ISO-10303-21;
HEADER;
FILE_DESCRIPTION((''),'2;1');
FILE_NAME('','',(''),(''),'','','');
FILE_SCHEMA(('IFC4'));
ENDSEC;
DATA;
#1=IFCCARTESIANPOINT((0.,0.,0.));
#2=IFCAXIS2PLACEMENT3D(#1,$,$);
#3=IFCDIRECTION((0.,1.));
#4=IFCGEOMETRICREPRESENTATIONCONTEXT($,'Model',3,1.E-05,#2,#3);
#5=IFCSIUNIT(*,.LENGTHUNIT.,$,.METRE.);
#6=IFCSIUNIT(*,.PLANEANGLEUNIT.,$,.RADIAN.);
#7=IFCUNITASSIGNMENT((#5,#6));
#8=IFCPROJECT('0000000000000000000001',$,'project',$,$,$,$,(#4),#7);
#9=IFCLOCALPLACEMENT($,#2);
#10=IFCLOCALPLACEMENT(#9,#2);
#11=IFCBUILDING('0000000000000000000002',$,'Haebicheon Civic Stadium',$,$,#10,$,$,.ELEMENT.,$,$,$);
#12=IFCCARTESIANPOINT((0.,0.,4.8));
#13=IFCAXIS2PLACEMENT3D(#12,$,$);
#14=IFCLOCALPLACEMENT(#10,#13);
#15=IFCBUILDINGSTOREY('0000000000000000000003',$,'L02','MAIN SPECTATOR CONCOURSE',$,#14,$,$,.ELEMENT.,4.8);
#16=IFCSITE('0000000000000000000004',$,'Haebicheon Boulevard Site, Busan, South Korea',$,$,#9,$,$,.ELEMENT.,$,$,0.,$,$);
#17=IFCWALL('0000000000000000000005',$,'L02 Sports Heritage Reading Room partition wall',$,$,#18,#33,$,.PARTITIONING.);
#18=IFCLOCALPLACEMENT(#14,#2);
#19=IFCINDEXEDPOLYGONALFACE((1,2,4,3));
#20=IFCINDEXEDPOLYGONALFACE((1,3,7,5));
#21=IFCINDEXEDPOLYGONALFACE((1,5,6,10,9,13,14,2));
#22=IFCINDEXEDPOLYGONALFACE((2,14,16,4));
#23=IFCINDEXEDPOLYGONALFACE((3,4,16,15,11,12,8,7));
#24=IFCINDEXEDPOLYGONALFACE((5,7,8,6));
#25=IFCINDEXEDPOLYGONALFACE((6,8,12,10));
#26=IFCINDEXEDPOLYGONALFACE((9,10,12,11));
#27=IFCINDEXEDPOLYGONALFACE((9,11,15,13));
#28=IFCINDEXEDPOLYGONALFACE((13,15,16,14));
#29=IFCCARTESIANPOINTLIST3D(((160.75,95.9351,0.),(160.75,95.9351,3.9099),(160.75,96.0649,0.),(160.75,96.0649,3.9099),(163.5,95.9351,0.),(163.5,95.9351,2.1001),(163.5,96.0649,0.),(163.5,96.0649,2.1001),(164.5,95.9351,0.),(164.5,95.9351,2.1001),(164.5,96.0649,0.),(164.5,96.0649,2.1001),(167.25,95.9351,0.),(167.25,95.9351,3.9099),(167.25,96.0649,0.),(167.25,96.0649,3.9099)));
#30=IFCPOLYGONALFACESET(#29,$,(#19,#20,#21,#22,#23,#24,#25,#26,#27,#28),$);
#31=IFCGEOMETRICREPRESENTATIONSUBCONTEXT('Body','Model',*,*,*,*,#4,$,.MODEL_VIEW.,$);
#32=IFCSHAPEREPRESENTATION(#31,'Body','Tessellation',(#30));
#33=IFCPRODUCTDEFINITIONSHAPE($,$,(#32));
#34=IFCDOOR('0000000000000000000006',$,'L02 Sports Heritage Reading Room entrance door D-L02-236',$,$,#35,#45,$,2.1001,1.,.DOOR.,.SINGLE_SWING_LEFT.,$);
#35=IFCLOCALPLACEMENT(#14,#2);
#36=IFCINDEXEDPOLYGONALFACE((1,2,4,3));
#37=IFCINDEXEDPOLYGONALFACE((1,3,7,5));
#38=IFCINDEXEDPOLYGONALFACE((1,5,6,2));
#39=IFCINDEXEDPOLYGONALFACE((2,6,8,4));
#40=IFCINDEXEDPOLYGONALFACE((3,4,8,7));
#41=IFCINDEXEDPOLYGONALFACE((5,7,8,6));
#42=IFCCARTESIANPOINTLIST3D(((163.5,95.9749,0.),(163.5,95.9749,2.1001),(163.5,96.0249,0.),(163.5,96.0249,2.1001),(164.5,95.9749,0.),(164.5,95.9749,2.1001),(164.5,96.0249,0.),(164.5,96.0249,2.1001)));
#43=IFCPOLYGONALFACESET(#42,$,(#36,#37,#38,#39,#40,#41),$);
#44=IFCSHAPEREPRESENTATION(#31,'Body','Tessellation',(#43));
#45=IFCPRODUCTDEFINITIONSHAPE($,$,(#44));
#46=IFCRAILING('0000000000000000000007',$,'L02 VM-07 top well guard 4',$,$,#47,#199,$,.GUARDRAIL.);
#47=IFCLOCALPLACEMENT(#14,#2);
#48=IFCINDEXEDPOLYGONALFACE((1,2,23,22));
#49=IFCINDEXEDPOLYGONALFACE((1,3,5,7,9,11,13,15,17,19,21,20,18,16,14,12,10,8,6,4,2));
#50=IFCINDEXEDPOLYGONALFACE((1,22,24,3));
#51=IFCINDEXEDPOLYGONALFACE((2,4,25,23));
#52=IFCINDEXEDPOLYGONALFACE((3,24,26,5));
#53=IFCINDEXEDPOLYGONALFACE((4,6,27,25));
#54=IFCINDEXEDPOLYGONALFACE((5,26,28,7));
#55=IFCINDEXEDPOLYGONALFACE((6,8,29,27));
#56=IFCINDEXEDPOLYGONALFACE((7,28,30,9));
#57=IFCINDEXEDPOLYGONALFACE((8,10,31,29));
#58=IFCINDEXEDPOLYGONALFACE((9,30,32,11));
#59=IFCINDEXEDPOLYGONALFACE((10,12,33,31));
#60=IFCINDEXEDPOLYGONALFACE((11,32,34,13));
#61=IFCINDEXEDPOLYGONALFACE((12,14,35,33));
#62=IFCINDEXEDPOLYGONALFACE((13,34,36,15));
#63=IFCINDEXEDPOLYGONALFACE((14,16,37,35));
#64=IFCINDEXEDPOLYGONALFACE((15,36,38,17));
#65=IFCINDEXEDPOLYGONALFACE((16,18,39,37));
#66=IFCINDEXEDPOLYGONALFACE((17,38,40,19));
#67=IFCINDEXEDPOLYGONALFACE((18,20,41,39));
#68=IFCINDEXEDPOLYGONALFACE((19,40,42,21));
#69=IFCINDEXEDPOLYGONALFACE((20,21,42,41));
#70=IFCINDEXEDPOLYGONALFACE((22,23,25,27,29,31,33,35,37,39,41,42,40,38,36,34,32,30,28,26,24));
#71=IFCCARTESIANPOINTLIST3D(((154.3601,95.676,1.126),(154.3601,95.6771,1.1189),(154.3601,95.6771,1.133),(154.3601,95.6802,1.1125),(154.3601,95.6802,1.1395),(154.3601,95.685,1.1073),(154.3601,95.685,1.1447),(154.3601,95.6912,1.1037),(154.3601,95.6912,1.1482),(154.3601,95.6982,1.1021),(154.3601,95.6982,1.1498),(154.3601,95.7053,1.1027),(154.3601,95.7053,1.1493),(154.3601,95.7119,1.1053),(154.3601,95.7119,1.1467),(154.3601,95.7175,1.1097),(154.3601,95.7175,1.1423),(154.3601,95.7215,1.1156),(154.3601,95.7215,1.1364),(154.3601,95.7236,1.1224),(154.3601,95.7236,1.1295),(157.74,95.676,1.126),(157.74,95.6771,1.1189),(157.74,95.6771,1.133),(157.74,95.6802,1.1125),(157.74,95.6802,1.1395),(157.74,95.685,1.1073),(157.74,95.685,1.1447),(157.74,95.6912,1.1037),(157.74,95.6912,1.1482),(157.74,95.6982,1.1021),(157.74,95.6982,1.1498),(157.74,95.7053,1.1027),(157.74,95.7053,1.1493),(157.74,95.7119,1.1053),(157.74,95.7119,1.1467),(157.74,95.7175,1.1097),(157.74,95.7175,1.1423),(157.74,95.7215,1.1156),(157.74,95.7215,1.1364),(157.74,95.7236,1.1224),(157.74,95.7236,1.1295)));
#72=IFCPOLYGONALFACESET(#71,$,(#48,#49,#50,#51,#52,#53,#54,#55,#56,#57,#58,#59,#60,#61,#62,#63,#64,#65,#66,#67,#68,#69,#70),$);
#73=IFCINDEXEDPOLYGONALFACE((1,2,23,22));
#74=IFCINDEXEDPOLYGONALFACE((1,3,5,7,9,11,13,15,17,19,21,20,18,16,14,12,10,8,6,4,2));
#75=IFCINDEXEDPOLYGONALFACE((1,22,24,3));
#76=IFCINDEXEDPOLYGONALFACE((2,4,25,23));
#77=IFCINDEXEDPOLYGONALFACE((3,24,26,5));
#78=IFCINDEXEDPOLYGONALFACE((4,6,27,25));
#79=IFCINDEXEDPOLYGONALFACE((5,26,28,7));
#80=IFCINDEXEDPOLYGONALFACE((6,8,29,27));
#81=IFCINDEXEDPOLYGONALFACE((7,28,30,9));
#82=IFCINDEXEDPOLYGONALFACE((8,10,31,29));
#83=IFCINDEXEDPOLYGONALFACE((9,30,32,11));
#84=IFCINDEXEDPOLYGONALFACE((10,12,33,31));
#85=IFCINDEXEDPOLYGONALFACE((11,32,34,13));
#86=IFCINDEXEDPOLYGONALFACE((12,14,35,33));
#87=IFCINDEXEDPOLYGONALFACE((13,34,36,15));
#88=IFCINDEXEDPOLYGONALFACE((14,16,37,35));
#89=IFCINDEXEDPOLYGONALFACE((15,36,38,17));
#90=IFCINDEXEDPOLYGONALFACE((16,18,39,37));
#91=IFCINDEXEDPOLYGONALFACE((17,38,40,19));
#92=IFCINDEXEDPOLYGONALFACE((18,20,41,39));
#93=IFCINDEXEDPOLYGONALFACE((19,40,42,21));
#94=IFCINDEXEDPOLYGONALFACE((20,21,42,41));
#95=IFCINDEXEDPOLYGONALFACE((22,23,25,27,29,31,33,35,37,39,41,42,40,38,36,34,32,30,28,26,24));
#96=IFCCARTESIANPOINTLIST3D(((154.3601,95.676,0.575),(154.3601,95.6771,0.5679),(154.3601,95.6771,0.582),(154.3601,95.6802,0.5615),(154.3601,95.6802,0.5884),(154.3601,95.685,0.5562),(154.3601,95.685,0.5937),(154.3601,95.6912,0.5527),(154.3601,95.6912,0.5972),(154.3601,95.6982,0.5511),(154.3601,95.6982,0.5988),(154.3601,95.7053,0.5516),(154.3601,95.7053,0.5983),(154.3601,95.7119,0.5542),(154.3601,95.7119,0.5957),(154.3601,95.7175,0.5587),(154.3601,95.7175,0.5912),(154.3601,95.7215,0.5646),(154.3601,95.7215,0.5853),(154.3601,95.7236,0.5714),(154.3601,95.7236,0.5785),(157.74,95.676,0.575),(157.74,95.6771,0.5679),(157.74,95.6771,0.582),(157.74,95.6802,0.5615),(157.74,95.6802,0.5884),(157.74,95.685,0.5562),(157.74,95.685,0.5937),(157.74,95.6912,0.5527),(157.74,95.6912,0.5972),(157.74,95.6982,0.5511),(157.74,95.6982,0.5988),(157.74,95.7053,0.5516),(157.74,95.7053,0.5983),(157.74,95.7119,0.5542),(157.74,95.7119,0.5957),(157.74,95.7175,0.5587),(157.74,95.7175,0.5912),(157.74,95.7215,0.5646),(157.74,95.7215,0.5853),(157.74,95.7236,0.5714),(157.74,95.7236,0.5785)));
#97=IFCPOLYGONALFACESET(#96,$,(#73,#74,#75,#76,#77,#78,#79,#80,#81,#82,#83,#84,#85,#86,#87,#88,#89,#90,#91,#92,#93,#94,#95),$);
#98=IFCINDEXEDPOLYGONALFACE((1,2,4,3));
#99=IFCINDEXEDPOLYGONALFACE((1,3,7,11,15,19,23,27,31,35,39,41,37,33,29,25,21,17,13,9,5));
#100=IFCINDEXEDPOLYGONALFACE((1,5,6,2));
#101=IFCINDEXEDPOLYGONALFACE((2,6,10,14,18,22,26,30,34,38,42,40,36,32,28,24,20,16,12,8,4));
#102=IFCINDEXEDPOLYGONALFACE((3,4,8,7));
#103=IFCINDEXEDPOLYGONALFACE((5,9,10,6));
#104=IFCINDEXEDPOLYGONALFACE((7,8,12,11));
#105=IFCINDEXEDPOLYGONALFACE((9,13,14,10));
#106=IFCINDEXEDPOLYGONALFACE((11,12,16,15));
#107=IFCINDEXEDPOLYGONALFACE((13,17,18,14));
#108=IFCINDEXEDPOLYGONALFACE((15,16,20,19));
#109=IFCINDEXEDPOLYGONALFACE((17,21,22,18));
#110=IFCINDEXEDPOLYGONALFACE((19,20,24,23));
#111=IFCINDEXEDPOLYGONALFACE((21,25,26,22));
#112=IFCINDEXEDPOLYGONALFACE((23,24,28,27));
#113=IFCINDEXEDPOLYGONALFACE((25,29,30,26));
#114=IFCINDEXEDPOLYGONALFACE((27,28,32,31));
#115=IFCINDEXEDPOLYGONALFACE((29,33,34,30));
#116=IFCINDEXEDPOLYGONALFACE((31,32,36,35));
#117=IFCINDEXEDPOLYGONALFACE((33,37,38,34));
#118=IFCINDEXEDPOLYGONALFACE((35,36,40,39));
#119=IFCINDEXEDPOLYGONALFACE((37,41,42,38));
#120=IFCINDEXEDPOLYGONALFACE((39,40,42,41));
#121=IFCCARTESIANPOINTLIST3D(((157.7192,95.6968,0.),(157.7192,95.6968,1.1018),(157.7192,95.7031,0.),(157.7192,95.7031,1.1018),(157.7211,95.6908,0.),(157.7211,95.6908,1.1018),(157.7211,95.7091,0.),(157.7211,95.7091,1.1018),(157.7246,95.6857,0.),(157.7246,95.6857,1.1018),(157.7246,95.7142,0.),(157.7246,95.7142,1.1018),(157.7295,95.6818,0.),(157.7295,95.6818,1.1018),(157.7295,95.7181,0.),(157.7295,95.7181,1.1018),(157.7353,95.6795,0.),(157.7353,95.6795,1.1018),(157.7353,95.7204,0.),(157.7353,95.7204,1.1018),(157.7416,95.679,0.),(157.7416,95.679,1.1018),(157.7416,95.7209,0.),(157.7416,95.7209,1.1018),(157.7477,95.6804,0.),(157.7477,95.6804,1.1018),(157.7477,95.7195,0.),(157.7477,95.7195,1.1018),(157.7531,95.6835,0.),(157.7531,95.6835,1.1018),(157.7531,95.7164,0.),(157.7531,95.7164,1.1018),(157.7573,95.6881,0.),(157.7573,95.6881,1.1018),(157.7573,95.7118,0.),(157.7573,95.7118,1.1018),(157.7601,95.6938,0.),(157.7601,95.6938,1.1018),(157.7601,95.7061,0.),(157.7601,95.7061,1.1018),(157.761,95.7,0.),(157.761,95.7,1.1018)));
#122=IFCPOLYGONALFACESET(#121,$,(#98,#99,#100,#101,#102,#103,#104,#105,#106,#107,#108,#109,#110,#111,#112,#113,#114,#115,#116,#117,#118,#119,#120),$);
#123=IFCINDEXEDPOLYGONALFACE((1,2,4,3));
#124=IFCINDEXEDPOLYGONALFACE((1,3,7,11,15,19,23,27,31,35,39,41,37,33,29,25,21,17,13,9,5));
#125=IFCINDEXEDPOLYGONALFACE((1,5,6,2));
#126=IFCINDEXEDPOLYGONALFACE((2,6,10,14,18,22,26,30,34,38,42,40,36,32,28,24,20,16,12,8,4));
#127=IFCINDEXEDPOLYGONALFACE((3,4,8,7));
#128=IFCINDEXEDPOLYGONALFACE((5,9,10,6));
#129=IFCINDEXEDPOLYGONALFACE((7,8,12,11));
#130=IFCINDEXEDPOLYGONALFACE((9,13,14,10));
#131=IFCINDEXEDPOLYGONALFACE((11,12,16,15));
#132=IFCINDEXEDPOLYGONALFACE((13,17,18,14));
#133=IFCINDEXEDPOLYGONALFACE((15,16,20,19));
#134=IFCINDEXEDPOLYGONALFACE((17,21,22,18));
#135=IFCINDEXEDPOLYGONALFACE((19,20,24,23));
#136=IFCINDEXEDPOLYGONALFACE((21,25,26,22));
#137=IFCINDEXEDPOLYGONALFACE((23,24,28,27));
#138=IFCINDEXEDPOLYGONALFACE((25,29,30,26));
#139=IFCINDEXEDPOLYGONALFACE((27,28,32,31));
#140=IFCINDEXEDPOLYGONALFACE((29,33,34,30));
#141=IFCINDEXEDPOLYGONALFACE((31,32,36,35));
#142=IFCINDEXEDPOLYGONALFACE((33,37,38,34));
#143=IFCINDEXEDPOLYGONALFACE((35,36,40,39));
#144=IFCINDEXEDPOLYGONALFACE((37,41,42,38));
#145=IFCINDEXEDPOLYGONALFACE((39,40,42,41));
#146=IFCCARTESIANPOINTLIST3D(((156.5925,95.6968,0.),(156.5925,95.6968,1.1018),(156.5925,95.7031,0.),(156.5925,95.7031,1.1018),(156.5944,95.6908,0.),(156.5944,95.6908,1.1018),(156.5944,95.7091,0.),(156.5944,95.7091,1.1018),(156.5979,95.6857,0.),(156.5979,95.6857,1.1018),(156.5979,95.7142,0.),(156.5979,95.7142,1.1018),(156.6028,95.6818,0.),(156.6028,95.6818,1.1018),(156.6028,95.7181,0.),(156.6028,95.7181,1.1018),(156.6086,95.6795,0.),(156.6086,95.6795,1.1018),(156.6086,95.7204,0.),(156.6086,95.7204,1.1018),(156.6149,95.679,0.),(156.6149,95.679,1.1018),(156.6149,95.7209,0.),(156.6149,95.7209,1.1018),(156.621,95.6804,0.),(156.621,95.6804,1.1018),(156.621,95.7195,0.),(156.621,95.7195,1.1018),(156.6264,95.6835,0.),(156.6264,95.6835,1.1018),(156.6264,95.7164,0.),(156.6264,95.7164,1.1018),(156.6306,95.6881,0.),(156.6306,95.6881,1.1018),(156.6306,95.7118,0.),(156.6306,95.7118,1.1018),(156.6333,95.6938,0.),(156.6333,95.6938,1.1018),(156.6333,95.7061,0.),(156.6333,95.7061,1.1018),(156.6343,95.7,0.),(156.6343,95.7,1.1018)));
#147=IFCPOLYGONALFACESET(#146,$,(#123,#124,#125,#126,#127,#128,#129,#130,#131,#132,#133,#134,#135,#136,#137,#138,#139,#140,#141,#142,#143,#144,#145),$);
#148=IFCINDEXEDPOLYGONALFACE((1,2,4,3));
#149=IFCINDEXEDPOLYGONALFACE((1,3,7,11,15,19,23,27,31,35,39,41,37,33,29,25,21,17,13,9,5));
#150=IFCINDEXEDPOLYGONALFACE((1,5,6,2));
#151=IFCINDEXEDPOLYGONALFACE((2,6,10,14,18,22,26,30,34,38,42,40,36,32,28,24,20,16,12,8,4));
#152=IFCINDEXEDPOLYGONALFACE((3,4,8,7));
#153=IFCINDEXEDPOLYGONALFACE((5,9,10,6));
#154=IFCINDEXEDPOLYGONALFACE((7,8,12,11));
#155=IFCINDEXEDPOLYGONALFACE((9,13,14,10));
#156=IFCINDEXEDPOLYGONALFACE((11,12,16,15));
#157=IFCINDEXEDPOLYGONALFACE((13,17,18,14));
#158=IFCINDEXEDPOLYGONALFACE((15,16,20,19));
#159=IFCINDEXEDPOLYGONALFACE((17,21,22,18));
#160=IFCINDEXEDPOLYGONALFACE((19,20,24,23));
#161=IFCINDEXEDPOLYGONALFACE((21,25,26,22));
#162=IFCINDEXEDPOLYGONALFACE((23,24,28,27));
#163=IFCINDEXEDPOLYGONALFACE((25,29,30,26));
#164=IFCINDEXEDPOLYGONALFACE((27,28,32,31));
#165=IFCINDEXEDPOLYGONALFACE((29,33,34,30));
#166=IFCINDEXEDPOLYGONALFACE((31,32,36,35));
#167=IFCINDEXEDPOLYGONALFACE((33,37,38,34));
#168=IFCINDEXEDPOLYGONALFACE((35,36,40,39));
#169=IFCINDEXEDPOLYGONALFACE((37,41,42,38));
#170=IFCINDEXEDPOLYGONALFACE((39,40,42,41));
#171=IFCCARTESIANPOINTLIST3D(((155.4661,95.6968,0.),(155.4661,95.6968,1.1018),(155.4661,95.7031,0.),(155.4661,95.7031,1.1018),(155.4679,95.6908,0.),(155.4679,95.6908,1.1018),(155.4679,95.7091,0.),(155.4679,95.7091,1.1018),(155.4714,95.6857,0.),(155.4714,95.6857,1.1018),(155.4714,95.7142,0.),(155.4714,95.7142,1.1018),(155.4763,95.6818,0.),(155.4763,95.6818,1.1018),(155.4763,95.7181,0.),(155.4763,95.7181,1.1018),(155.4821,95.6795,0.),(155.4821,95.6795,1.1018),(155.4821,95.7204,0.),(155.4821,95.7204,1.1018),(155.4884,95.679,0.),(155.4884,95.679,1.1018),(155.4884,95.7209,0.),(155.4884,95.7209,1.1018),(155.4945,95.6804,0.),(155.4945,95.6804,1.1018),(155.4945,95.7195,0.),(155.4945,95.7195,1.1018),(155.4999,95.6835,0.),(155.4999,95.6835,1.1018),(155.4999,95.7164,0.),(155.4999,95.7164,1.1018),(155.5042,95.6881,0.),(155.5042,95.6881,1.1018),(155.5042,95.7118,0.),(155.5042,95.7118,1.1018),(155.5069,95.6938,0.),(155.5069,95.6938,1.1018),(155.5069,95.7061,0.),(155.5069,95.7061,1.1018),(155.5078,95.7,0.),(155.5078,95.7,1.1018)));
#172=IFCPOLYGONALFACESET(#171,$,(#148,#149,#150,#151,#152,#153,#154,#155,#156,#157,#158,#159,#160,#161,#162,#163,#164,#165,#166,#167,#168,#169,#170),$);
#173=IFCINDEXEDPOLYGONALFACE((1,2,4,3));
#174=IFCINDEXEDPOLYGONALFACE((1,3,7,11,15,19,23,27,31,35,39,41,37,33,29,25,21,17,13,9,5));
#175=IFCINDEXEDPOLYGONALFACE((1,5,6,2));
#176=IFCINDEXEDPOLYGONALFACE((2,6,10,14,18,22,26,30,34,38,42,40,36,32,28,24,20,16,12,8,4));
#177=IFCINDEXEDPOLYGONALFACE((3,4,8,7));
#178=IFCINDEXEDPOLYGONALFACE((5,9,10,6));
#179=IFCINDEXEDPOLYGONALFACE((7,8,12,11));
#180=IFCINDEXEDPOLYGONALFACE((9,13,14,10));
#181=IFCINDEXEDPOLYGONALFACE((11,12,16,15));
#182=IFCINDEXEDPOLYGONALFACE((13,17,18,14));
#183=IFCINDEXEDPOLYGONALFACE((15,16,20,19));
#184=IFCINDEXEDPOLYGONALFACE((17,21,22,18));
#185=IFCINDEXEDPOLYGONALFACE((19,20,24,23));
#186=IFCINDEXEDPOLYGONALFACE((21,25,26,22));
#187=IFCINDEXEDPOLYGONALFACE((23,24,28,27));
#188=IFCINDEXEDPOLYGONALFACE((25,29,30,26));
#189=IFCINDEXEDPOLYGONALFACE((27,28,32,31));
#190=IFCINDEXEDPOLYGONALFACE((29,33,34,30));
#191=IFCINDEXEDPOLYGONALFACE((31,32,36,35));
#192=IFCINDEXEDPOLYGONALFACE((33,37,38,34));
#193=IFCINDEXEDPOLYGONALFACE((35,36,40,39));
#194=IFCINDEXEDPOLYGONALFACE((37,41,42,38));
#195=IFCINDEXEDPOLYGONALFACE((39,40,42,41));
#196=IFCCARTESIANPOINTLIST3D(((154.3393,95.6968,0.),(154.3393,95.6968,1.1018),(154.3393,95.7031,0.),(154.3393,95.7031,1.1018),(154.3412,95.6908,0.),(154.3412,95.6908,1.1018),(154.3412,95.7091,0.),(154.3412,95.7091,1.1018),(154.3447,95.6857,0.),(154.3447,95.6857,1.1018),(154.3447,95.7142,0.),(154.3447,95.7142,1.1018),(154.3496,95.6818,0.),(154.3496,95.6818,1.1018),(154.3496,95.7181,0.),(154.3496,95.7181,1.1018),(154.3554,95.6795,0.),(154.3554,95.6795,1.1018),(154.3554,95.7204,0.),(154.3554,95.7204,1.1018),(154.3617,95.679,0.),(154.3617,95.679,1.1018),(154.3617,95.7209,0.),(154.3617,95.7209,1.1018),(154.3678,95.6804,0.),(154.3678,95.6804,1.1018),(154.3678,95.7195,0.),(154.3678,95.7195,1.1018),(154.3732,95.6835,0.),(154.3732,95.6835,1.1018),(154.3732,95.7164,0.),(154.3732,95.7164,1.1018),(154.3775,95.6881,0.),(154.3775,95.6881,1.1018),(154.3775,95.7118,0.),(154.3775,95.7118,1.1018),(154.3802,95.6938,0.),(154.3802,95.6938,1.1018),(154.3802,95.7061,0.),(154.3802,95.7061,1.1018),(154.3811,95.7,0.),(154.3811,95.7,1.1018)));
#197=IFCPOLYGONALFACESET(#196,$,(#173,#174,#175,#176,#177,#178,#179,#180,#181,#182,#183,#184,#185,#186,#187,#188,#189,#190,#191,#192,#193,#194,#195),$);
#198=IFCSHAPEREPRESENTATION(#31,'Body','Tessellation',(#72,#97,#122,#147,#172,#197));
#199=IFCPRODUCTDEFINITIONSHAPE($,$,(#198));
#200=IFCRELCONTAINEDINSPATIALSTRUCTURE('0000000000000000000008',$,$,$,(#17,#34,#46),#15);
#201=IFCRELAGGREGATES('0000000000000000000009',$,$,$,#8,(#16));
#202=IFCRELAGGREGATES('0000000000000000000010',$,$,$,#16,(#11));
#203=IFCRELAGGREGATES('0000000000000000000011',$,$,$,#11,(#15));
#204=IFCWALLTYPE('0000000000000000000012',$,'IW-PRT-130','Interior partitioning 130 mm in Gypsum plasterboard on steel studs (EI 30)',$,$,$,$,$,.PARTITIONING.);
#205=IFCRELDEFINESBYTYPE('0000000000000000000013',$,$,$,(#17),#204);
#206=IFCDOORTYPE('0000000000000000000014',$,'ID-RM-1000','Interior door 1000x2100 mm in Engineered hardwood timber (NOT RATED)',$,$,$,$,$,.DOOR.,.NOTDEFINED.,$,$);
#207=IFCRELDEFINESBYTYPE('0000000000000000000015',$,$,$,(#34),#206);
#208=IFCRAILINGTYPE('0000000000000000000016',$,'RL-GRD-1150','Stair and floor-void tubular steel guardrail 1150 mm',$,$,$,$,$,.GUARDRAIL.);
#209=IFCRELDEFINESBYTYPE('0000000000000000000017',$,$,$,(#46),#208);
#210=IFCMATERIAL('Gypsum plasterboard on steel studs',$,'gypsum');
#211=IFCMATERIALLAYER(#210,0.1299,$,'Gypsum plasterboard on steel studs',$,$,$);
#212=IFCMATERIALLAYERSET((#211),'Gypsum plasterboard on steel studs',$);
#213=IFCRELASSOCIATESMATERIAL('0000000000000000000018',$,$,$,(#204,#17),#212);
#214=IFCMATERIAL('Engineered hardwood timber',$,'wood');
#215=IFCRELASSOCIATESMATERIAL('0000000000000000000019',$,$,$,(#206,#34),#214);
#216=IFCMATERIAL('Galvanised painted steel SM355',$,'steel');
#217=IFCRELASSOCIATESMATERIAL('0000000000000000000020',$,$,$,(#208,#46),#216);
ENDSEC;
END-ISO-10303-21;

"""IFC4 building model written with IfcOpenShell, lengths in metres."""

from ifc_helpers import new_model, si_unit, direction, frame, frame_2d, origin, origin_2d, place, context, subcontext, project, spatial, rectangle, circle, extrude, material, layer, layer_set, type_object, element, fill, save


model = new_model("IFC4")

# Units and contexts
model_context = context("Model", 3, precision=1e-05, world=origin(), true_north=direction((0.0, 1.0)))
body_context = subcontext(model_context, "Body", "Model", "MODEL_VIEW")
ifc_project = project(units=[si_unit("LENGTHUNIT", "METRE"), si_unit("PLANEANGLEUNIT", "RADIAN")], contexts=[model_context])

# Site, building, storey
site_placement = place(None, origin())
site = spatial("IfcSite", under=ifc_project, at=site_placement, Name="Haebicheon Boulevard Site, Busan, South Korea", CompositionType="ELEMENT", RefElevation=0.0)
building_placement = place(site_placement, origin())
building = spatial("IfcBuilding", under=site, at=building_placement, Name="Haebicheon Civic Stadium", CompositionType="ELEMENT")
storey_placement = place(building_placement, frame((0.0, 0.0, 4.8)))
storey = spatial("IfcBuildingStorey", under=building, at=storey_placement, Name="L02", Description="MAIN SPECTATOR CONCOURSE", CompositionType="ELEMENT", Elevation=4.8)

# Wall, opening, door
ifc_material_1 = material(Name="Gypsum plasterboard on steel studs", Category="gypsum")
ifc_layer_1 = layer(ifc_material_1, 0.1299, Name="Gypsum plasterboard on steel studs")
ifc_layer_set_1 = layer_set([ifc_layer_1], Name="Gypsum plasterboard on steel studs")
wall_type_1 = type_object("IfcWallType", Name="IW-PRT-130", Description="Interior partitioning 130 mm in Gypsum plasterboard on steel studs (EI 30)", PredefinedType="PARTITIONING", material=ifc_layer_set_1)
wall_1_placement = place(storey_placement, frame((160.75, 96.0, 0.0), z_axis=(0.0, 0.0, 1.0), x_axis=(1.0, 0.0, 0.0)))
wall_1 = element("IfcWall", 1, at=wall_1_placement, inside=storey, type_object=wall_type_1, material=ifc_layer_set_1, Name="L02 Sports Heritage Reading Room partition wall", PredefinedType="PARTITIONING", context=body_context, shape_type="SweptSolid", body=[
    extrude(rectangle(XDim=6.5, YDim=0.1299, at=frame_2d((3.25, 0.0))), origin(), (0.0, 0.0, 1.0), 3.9099),
])
opening_1_placement = place(wall_1_placement, frame((2.75, 0.0, 0.0)))
opening_1 = element("IfcOpeningElement", 2, at=opening_1_placement, cuts=wall_1, PredefinedType="OPENING", context=body_context, shape_type="SweptSolid", body=[
    extrude(rectangle(XDim=1.0, YDim=2.1001, at=frame_2d((0.5, 1.05))), frame((0.0, 0.075, 0.0), z_axis=(0.0, -1.0, 0.0), x_axis=(1.0, 0.0, 0.0)), (0.0, 0.0, 1.0), 0.1499),
])
ifc_material_2 = material(Name="Engineered hardwood timber", Category="wood")
door_type = type_object("IfcDoorType", Name="ID-RM-1000", Description="Interior door 1000x2100 mm in Engineered hardwood timber (NOT RATED)", OperationType="NOTDEFINED", PredefinedType="DOOR", material=ifc_material_2)
door_placement = place(opening_1_placement, origin())
door = element("IfcDoor", 3, at=door_placement, inside=storey, type_object=door_type, material=ifc_material_2, Name="L02 Sports Heritage Reading Room entrance door D-L02-236", OperationType="SINGLE_SWING_LEFT", OverallHeight=2.1001, OverallWidth=1.0, PredefinedType="DOOR", context=body_context, shape_type="SweptSolid", body=[
    extrude(rectangle(XDim=1.0, YDim=2.1001, at=frame_2d((0.5, 1.05))), frame((0.0, 0.0249, 0.0), z_axis=(0.0, -1.0, 0.0), x_axis=(1.0, 0.0, 0.0)), (0.0, 0.0, 1.0), 0.05),
])
fill(opening_1, door)

# Railing
ifc_material_3 = material(Name="Galvanised painted steel SM355", Category="steel")
railing_type = type_object("IfcRailingType", Name="RL-GRD-1150", Description="Stair and floor-void tubular steel guardrail 1150 mm", PredefinedType="GUARDRAIL", material=ifc_material_3)
railing_placement = place(storey_placement, frame((157.74, 95.7, 0.0)))
element("IfcRailing", 4, at=railing_placement, inside=storey, type_object=railing_type, material=ifc_material_3, Name="L02 VM-07 top well guard 4", PredefinedType="GUARDRAIL", context=body_context, shape_type="SweptSolid", body=[
    extrude(circle(Radius=0.0239, at=origin_2d()), frame((0.0, 0.0, 1.126), z_axis=(-1.0, 0.0, 0.0), x_axis=(0.0, -1.0, 0.0)), (0.0, 0.0, 1.0), 3.3799),
    extrude(circle(Radius=0.0239, at=origin_2d()), frame((0.0, 0.0, 0.575), z_axis=(-1.0, 0.0, 0.0), x_axis=(0.0, -1.0, 0.0)), (0.0, 0.0, 1.0), 3.3799),
    extrude(circle(Radius=0.021, at=origin_2d()), origin(), (0.0, 0.0, 1.0), 1.1018),
    extrude(circle(Radius=0.021, at=origin_2d()), frame((-1.1267, 0.0, 0.0)), (0.0, 0.0, 1.0), 1.1018),
    extrude(circle(Radius=0.021, at=origin_2d()), frame((-2.2532, 0.0, 0.0)), (0.0, 0.0, 1.0), 1.1018),
    extrude(circle(Radius=0.021, at=origin_2d()), frame((-3.3799, 0.0, 0.0)), (0.0, 0.0, 1.0), 1.1018),
])

save(model, "model.ifc")
